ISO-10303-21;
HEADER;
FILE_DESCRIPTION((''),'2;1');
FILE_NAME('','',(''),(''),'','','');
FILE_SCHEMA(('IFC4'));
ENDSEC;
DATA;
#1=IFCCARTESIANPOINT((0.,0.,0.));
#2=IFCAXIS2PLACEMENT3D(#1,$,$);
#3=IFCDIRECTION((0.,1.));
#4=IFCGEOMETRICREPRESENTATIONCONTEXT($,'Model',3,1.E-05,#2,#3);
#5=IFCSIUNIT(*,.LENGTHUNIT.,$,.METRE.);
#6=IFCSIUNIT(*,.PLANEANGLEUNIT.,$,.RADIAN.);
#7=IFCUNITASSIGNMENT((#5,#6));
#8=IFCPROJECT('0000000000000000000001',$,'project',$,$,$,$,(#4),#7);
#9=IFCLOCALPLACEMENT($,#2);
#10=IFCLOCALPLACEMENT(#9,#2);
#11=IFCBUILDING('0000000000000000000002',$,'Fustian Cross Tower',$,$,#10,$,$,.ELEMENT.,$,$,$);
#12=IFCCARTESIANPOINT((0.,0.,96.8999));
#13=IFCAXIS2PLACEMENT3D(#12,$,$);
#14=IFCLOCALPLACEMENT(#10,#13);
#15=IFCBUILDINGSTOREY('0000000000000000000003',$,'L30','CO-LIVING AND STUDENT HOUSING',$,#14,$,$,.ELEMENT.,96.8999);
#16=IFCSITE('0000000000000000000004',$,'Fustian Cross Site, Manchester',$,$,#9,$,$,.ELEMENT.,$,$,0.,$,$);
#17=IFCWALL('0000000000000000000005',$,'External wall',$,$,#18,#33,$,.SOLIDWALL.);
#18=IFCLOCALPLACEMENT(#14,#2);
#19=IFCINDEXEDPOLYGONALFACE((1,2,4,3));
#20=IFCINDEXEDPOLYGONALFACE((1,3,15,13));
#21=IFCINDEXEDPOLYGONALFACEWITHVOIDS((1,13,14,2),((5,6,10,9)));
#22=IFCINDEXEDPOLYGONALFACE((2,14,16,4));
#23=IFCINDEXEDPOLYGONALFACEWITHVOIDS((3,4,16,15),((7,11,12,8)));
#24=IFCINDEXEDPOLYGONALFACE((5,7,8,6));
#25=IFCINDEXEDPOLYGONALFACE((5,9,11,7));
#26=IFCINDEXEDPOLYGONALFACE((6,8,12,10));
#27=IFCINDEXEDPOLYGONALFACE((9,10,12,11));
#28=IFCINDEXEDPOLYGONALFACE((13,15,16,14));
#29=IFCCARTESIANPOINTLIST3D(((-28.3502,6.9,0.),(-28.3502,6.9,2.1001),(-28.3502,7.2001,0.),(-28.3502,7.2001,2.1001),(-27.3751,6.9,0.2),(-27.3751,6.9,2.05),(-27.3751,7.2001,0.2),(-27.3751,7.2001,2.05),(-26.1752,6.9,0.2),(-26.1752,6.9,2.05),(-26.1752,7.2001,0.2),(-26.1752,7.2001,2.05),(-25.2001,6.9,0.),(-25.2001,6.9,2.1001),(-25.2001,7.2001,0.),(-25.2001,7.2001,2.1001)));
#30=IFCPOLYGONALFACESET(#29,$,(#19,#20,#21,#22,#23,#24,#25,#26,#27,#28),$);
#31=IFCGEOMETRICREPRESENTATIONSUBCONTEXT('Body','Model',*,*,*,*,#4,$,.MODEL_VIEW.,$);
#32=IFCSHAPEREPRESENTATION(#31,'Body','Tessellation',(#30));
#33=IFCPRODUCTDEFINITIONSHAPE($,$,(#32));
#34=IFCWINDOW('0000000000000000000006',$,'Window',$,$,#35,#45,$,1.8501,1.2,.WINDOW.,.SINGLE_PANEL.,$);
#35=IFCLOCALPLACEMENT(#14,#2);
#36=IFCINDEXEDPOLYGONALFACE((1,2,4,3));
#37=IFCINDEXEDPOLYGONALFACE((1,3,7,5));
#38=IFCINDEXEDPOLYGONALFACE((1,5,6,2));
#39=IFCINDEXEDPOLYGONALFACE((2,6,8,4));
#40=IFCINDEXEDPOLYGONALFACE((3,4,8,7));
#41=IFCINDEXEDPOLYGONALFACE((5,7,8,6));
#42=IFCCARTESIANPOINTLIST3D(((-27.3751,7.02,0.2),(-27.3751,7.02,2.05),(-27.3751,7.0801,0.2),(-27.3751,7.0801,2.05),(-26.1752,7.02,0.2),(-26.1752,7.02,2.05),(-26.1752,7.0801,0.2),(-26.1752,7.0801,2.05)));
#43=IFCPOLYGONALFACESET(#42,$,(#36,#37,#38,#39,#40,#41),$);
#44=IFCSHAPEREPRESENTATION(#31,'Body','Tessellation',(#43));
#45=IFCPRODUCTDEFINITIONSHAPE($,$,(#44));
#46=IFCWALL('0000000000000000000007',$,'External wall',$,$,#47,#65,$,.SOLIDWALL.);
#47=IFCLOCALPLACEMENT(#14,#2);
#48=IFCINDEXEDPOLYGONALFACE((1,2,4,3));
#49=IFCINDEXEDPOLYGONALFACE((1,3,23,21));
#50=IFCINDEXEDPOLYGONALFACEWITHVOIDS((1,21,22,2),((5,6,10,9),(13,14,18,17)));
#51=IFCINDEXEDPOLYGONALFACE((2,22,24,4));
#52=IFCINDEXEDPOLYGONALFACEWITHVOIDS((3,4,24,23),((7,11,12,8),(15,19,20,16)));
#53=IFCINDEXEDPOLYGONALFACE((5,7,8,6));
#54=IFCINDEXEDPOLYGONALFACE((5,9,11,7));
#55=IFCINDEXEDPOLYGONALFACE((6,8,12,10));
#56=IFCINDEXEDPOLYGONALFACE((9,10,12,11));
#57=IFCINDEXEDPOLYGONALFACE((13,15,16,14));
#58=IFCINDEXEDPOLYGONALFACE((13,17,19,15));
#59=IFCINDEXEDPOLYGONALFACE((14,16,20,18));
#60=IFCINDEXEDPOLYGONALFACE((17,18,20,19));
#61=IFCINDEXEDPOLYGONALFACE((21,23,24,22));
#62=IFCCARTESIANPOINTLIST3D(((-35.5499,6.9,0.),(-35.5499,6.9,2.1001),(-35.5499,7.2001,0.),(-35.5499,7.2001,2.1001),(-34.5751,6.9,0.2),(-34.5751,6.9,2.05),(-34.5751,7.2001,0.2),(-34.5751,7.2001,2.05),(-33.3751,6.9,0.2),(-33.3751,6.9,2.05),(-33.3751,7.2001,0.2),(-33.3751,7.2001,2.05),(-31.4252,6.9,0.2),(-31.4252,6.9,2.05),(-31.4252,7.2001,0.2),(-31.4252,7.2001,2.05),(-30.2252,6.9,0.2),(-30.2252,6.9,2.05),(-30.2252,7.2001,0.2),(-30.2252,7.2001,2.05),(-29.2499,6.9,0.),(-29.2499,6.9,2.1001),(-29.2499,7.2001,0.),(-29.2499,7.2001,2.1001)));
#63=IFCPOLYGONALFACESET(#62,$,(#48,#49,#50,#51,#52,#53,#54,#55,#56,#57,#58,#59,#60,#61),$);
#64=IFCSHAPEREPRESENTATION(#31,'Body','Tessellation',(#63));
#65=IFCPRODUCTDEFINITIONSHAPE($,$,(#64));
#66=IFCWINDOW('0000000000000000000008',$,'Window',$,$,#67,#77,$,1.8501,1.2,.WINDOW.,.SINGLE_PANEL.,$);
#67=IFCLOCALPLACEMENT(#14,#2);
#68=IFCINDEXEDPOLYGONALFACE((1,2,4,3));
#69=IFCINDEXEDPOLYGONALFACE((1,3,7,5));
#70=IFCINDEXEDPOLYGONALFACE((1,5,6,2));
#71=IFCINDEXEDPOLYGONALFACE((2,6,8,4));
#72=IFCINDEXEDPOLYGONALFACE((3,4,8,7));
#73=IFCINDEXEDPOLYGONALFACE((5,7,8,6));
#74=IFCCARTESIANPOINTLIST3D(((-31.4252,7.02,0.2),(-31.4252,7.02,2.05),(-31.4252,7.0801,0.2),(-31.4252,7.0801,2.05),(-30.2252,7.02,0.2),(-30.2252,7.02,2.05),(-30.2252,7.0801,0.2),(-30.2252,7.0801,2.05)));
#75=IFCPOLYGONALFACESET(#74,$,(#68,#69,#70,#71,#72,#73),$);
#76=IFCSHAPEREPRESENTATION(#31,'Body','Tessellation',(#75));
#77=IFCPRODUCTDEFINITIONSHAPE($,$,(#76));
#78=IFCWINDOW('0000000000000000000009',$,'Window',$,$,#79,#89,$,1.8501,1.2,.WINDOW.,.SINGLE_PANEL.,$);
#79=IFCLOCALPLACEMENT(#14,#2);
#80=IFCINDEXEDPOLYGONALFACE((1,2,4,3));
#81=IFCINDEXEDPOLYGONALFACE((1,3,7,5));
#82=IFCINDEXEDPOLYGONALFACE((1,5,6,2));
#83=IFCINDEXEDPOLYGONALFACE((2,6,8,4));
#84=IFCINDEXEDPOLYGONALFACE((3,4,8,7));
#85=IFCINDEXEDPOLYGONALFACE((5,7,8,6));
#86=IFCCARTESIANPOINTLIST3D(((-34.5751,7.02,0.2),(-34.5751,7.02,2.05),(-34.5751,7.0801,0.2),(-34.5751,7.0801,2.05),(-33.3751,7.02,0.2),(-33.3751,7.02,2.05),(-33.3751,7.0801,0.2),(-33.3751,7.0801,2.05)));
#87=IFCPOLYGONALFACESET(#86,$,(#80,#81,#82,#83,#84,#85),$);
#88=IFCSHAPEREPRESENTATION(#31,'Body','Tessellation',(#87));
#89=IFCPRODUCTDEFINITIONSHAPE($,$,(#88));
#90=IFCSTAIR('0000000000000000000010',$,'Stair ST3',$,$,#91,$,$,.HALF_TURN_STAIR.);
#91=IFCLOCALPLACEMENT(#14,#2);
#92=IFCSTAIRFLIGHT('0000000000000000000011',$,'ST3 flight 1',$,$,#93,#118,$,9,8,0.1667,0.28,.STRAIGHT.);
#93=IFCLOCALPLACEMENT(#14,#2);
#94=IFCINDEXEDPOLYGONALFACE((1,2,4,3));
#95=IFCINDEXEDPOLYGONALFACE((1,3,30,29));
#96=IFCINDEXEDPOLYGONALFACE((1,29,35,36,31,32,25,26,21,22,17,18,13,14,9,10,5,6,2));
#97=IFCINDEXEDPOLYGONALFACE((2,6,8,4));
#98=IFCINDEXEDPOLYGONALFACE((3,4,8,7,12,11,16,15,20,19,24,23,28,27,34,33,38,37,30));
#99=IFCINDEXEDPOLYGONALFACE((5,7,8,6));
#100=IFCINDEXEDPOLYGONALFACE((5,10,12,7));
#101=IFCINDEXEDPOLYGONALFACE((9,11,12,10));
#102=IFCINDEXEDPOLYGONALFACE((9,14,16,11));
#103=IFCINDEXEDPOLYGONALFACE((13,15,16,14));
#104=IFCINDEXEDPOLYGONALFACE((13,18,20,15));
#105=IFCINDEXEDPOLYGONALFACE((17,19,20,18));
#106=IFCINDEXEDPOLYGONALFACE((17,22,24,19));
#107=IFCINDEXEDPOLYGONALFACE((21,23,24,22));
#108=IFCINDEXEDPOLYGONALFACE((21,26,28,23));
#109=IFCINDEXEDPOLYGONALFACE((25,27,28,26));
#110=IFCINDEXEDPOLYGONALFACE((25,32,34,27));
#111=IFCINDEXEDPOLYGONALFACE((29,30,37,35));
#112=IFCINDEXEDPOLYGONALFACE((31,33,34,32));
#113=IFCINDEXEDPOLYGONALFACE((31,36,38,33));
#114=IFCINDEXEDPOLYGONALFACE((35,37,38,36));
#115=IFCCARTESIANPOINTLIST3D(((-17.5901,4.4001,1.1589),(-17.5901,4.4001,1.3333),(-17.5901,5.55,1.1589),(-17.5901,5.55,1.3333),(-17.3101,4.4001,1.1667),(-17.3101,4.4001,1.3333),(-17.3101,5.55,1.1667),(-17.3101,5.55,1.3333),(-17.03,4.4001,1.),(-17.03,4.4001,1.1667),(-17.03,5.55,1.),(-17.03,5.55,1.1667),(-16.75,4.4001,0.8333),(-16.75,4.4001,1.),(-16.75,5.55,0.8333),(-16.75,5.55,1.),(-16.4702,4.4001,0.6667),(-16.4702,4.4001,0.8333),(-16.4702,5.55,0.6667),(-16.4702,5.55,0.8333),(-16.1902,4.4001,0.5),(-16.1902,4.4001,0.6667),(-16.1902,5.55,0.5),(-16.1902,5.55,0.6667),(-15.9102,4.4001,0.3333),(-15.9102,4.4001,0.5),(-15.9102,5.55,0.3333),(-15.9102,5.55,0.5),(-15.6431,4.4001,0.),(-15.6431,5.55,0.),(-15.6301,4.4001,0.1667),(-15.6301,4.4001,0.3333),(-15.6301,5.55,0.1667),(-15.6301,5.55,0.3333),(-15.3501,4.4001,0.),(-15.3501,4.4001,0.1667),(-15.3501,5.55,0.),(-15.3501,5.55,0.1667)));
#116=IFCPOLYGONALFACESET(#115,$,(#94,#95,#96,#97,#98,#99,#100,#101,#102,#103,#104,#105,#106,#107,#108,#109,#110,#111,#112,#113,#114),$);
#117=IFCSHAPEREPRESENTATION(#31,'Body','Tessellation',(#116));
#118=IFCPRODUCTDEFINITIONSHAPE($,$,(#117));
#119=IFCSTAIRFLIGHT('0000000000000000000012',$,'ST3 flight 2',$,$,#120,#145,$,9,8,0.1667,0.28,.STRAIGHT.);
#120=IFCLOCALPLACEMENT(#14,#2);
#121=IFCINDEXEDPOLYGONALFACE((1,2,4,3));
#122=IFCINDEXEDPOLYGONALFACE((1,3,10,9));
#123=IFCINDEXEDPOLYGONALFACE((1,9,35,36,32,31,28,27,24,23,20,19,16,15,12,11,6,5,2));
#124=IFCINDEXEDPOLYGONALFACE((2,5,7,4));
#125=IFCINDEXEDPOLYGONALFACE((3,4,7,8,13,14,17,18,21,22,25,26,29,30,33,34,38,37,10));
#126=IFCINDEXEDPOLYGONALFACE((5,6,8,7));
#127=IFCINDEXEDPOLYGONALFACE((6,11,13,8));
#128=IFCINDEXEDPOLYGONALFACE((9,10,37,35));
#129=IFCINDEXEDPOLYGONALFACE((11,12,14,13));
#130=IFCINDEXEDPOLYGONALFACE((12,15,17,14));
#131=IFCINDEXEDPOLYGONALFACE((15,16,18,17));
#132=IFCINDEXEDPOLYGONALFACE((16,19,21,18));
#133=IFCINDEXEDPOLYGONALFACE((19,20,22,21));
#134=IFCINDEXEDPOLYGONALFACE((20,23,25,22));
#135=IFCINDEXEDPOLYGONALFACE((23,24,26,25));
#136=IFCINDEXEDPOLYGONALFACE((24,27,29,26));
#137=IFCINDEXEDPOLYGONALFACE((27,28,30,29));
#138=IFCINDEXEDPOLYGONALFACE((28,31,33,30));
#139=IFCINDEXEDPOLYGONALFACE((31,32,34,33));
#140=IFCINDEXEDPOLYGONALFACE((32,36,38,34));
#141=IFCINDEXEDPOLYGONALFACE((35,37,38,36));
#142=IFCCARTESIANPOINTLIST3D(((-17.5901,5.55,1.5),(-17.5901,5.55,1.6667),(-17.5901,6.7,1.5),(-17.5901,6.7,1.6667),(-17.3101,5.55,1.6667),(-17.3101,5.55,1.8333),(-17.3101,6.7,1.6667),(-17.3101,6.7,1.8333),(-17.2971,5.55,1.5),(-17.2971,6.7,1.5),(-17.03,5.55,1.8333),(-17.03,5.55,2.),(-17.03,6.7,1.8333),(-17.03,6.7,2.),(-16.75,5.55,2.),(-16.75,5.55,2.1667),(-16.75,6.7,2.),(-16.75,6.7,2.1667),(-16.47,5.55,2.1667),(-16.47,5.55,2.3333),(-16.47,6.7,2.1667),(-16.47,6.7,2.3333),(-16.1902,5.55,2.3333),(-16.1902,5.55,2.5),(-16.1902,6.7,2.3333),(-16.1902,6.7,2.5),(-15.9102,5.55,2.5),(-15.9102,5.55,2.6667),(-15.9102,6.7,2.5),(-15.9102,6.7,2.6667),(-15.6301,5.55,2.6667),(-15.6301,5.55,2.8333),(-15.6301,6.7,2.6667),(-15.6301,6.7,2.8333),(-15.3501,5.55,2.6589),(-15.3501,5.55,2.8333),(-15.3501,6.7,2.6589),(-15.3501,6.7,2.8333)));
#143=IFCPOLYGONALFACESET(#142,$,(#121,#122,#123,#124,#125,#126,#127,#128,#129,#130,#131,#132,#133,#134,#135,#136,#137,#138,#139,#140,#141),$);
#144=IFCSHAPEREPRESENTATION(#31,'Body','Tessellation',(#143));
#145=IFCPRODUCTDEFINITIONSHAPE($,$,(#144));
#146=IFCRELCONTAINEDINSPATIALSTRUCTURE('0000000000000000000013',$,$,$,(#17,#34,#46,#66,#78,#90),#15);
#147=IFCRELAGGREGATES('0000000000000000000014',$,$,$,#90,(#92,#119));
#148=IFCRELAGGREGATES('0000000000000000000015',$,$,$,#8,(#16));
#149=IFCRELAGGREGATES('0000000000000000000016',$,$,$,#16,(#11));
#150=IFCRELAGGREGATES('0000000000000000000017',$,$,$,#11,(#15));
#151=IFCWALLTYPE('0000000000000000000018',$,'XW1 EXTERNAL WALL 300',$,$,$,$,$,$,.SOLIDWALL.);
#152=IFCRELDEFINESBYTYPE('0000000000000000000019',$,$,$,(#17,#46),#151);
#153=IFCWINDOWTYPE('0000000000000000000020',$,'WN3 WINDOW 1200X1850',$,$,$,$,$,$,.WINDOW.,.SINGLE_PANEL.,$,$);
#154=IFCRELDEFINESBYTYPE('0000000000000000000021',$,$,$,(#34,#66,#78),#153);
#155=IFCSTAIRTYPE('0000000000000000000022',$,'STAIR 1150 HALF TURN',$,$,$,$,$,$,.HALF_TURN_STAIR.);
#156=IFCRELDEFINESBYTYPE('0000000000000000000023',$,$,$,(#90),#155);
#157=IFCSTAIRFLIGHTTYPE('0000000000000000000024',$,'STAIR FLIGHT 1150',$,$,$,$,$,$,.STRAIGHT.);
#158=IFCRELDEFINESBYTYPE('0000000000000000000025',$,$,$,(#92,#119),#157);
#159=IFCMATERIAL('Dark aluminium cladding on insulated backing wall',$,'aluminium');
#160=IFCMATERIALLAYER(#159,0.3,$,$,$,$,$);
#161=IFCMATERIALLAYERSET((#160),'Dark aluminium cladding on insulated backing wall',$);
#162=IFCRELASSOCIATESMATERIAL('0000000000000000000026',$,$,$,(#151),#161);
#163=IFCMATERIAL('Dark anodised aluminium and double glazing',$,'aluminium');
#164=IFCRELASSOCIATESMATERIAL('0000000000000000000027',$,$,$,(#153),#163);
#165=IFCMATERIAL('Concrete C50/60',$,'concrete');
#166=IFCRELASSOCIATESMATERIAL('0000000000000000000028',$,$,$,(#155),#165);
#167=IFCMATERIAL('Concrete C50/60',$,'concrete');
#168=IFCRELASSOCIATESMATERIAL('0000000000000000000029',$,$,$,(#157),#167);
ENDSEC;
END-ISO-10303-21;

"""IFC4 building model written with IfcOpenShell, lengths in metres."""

from ifc_helpers import new_model, si_unit, direction, frame, frame_2d, origin, place, context, subcontext, project, spatial, polyline, rectangle, outline, extrude, material, layer, layer_set, type_object, element, fill, aggregate, save


model = new_model("IFC4")

# Units and contexts
model_context = context("Model", 3, precision=1e-05, world=origin(), true_north=direction((0.0, 1.0)))
body_context = subcontext(model_context, "Body", "Model", "MODEL_VIEW")
ifc_project = project(units=[si_unit("LENGTHUNIT", "METRE"), si_unit("PLANEANGLEUNIT", "RADIAN")], contexts=[model_context])

# Site, building, storey
site_placement = place(None, origin())
site = spatial("IfcSite", under=ifc_project, at=site_placement, Name="Fustian Cross Site, Manchester", CompositionType="ELEMENT", RefElevation=0.0)
building_placement = place(site_placement, origin())
building = spatial("IfcBuilding", under=site, at=building_placement, Name="Fustian Cross Tower", CompositionType="ELEMENT")
storey_placement = place(building_placement, frame((0.0, 0.0, 96.8999)))
storey = spatial("IfcBuildingStorey", under=building, at=storey_placement, Name="L30", Description="CO-LIVING AND STUDENT HOUSING", CompositionType="ELEMENT", Elevation=96.8999)

# Wall, opening, window
ifc_material_1 = material(Name="Dark aluminium cladding on insulated backing wall", Category="aluminium")
ifc_layer_1 = layer(ifc_material_1, 0.3)
ifc_layer_set_1 = layer_set([ifc_layer_1], Name="Dark aluminium cladding on insulated backing wall")
wall_type_1 = type_object("IfcWallType", Name="XW1 EXTERNAL WALL 300", PredefinedType="SOLIDWALL", material=ifc_layer_set_1)
ifc_material_2 = material(Name="Dark anodised aluminium and double glazing", Category="aluminium")
window_type = type_object("IfcWindowType", Name="WN3 WINDOW 1200X1850", PartitioningType="SINGLE_PANEL", PredefinedType="WINDOW", material=ifc_material_2)
wall_1_placement = place(storey_placement, frame((-25.2, 7.05, 0.0), z_axis=(0.0, 0.0, 1.0), x_axis=(-1.0, 0.0, 0.0)))
wall_1 = element("IfcWall", 1, at=wall_1_placement, inside=storey, type_object=wall_type_1, Name="External wall", PredefinedType="SOLIDWALL", context=body_context, shape_type="SweptSolid", body=[
    extrude(rectangle(XDim=3.1501, YDim=0.3, at=frame_2d((1.5752, 0.0))), origin(), (0.0, 0.0, 1.0), 2.1001),
])
opening_1_placement = place(wall_1_placement, frame((0.9751, 0.0, 0.2)))
opening_1 = element("IfcOpeningElement", 2, at=opening_1_placement, cuts=wall_1, PredefinedType="OPENING", context=body_context, shape_type="SweptSolid", body=[
    extrude(rectangle(XDim=1.2, YDim=1.8501, at=frame_2d((0.6001, 0.925))), frame((0.0, 0.1599, 0.0), z_axis=(0.0, -1.0, 0.0), x_axis=(1.0, 0.0, 0.0)), (0.0, 0.0, 1.0), 0.3201),
])
window_1_placement = place(opening_1_placement, origin())
window_1 = element("IfcWindow", 3, at=window_1_placement, inside=storey, type_object=window_type, Name="Window", OverallHeight=1.8501, OverallWidth=1.2, PartitioningType="SINGLE_PANEL", PredefinedType="WINDOW", context=body_context, shape_type="SweptSolid", body=[
    extrude(rectangle(XDim=1.2, YDim=1.8501, at=frame_2d((0.6001, 0.925))), frame((0.0, 0.03, 0.0), z_axis=(0.0, -1.0, 0.0), x_axis=(1.0, 0.0, 0.0)), (0.0, 0.0, 1.0), 0.0601),
])
fill(opening_1, window_1)

# Wall, openings, windows
wall_2_placement = place(storey_placement, frame((-29.25, 7.05, 0.0), z_axis=(0.0, 0.0, 1.0), x_axis=(-1.0, 0.0, 0.0)))
wall_2 = element("IfcWall", 4, at=wall_2_placement, inside=storey, type_object=wall_type_1, Name="External wall", PredefinedType="SOLIDWALL", context=body_context, shape_type="SweptSolid", body=[
    extrude(rectangle(XDim=6.3, YDim=0.3, at=frame_2d((3.1499, 0.0))), origin(), (0.0, 0.0, 1.0), 2.1001),
])
opening_2_placement = place(wall_2_placement, frame((0.9751, 0.0, 0.2)))
opening_2 = element("IfcOpeningElement", 5, at=opening_2_placement, cuts=wall_2, PredefinedType="OPENING", context=body_context, shape_type="SweptSolid", body=[
    extrude(rectangle(XDim=1.2, YDim=1.8501, at=frame_2d((0.6001, 0.925))), frame((0.0, 0.1599, 0.0), z_axis=(0.0, -1.0, 0.0), x_axis=(1.0, 0.0, 0.0)), (0.0, 0.0, 1.0), 0.3201),
])
opening_3_placement = place(wall_2_placement, frame((4.125, 0.0, 0.2)))
opening_3 = element("IfcOpeningElement", 6, at=opening_3_placement, cuts=wall_2, PredefinedType="OPENING", context=body_context, shape_type="SweptSolid", body=[
    extrude(rectangle(XDim=1.2, YDim=1.8501, at=frame_2d((0.6001, 0.925))), frame((0.0, 0.1599, 0.0), z_axis=(0.0, -1.0, 0.0), x_axis=(1.0, 0.0, 0.0)), (0.0, 0.0, 1.0), 0.3201),
])
window_2_placement = place(opening_2_placement, origin())
window_2 = element("IfcWindow", 7, at=window_2_placement, inside=storey, type_object=window_type, Name="Window", OverallHeight=1.8501, OverallWidth=1.2, PartitioningType="SINGLE_PANEL", PredefinedType="WINDOW", context=body_context, shape_type="SweptSolid", body=[
    extrude(rectangle(XDim=1.2, YDim=1.8501, at=frame_2d((0.6001, 0.925))), frame((0.0, 0.03, 0.0), z_axis=(0.0, -1.0, 0.0), x_axis=(1.0, 0.0, 0.0)), (0.0, 0.0, 1.0), 0.0601),
])
fill(opening_2, window_2)
window_3_placement = place(opening_3_placement, origin())
window_3 = element("IfcWindow", 8, at=window_3_placement, inside=storey, type_object=window_type, Name="Window", OverallHeight=1.8501, OverallWidth=1.2, PartitioningType="SINGLE_PANEL", PredefinedType="WINDOW", context=body_context, shape_type="SweptSolid", body=[
    extrude(rectangle(XDim=1.2, YDim=1.8501, at=frame_2d((0.6001, 0.925))), frame((0.0, 0.03, 0.0), z_axis=(0.0, -1.0, 0.0), x_axis=(1.0, 0.0, 0.0)), (0.0, 0.0, 1.0), 0.0601),
])
fill(opening_3, window_3)

# Stair, stair flights
ifc_material_3 = material(Name="Concrete C50/60", Category="concrete")
stair_type = type_object("IfcStairType", Name="STAIR 1150 HALF TURN", PredefinedType="HALF_TURN_STAIR", material=ifc_material_3)
stair_placement = place(storey_placement, origin())
stair = element("IfcStair", 9, at=stair_placement, inside=storey, type_object=stair_type, Name="Stair ST3", PredefinedType="HALF_TURN_STAIR")
ifc_material_4 = material(Name="Concrete C50/60", Category="concrete")
stair_flight_type = type_object("IfcStairFlightType", Name="STAIR FLIGHT 1150", PredefinedType="STRAIGHT", material=ifc_material_4)
stair_flight_1_placement = place(storey_placement, frame((-15.3501, 4.9751, 0.0), z_axis=(0.0, 0.0, 1.0), x_axis=(-1.0, 0.0, 0.0)))
stair_flight_1 = element("IfcStairFlight", 10, at=stair_flight_1_placement, type_object=stair_flight_type, Name="ST3 flight 1", NumberOfRisers=9, NumberOfTreads=8, PredefinedType="STRAIGHT", RiserHeight=0.1667, TreadLength=0.28, context=body_context, shape_type="SweptSolid", body=[
    extrude(outline(polyline([(0.0, 0.0), (0.0, 0.1667), (0.28, 0.1667), (0.28, 0.3333), (0.5601, 0.3333), (0.5601, 0.5), (0.8401, 0.5), (0.8401, 0.6667), (1.1201, 0.6667), (1.1201, 0.8333), (1.3999, 0.8333), (1.3999, 1.0), (1.6799, 1.0), (1.6799, 1.1667), (1.96, 1.1667), (1.96, 1.3333), (2.24, 1.3333), (2.24, 1.5), (2.24, 1.1589), (0.293, 0.0), (0.0, 0.0)])), frame((0.0, 0.575, 0.0), z_axis=(0.0, -1.0, 0.0), x_axis=(1.0, 0.0, 0.0)), (0.0, 0.0, 1.0), 1.1499),
])
stair_flight_2_placement = place(storey_placement, frame((-17.5901, 6.125, 1.5), z_axis=(0.0, 0.0, 1.0), x_axis=(1.0, 0.0, 0.0)))
stair_flight_2 = element("IfcStairFlight", 11, at=stair_flight_2_placement, type_object=stair_flight_type, Name="ST3 flight 2", NumberOfRisers=9, NumberOfTreads=8, PredefinedType="STRAIGHT", RiserHeight=0.1667, TreadLength=0.28, context=body_context, shape_type="SweptSolid", body=[
    extrude(outline(polyline([(0.0, 0.0), (0.0, 0.1667), (0.28, 0.1667), (0.28, 0.3333), (0.5601, 0.3333), (0.5601, 0.5), (0.8401, 0.5), (0.8401, 0.6667), (1.1201, 0.6667), (1.1201, 0.8333), (1.3999, 0.8333), (1.3999, 1.0), (1.6799, 1.0), (1.6799, 1.1667), (1.96, 1.1667), (1.96, 1.3333), (2.24, 1.3333), (2.24, 1.5), (2.24, 1.1589), (0.293, 0.0), (0.0, 0.0)])), frame((0.0, 0.575, 0.0), z_axis=(0.0, -1.0, 0.0), x_axis=(1.0, 0.0, 0.0)), (0.0, 0.0, 1.0), 1.1499),
])
aggregate(stair, [stair_flight_1, stair_flight_2])

save(model, "model.ifc")
